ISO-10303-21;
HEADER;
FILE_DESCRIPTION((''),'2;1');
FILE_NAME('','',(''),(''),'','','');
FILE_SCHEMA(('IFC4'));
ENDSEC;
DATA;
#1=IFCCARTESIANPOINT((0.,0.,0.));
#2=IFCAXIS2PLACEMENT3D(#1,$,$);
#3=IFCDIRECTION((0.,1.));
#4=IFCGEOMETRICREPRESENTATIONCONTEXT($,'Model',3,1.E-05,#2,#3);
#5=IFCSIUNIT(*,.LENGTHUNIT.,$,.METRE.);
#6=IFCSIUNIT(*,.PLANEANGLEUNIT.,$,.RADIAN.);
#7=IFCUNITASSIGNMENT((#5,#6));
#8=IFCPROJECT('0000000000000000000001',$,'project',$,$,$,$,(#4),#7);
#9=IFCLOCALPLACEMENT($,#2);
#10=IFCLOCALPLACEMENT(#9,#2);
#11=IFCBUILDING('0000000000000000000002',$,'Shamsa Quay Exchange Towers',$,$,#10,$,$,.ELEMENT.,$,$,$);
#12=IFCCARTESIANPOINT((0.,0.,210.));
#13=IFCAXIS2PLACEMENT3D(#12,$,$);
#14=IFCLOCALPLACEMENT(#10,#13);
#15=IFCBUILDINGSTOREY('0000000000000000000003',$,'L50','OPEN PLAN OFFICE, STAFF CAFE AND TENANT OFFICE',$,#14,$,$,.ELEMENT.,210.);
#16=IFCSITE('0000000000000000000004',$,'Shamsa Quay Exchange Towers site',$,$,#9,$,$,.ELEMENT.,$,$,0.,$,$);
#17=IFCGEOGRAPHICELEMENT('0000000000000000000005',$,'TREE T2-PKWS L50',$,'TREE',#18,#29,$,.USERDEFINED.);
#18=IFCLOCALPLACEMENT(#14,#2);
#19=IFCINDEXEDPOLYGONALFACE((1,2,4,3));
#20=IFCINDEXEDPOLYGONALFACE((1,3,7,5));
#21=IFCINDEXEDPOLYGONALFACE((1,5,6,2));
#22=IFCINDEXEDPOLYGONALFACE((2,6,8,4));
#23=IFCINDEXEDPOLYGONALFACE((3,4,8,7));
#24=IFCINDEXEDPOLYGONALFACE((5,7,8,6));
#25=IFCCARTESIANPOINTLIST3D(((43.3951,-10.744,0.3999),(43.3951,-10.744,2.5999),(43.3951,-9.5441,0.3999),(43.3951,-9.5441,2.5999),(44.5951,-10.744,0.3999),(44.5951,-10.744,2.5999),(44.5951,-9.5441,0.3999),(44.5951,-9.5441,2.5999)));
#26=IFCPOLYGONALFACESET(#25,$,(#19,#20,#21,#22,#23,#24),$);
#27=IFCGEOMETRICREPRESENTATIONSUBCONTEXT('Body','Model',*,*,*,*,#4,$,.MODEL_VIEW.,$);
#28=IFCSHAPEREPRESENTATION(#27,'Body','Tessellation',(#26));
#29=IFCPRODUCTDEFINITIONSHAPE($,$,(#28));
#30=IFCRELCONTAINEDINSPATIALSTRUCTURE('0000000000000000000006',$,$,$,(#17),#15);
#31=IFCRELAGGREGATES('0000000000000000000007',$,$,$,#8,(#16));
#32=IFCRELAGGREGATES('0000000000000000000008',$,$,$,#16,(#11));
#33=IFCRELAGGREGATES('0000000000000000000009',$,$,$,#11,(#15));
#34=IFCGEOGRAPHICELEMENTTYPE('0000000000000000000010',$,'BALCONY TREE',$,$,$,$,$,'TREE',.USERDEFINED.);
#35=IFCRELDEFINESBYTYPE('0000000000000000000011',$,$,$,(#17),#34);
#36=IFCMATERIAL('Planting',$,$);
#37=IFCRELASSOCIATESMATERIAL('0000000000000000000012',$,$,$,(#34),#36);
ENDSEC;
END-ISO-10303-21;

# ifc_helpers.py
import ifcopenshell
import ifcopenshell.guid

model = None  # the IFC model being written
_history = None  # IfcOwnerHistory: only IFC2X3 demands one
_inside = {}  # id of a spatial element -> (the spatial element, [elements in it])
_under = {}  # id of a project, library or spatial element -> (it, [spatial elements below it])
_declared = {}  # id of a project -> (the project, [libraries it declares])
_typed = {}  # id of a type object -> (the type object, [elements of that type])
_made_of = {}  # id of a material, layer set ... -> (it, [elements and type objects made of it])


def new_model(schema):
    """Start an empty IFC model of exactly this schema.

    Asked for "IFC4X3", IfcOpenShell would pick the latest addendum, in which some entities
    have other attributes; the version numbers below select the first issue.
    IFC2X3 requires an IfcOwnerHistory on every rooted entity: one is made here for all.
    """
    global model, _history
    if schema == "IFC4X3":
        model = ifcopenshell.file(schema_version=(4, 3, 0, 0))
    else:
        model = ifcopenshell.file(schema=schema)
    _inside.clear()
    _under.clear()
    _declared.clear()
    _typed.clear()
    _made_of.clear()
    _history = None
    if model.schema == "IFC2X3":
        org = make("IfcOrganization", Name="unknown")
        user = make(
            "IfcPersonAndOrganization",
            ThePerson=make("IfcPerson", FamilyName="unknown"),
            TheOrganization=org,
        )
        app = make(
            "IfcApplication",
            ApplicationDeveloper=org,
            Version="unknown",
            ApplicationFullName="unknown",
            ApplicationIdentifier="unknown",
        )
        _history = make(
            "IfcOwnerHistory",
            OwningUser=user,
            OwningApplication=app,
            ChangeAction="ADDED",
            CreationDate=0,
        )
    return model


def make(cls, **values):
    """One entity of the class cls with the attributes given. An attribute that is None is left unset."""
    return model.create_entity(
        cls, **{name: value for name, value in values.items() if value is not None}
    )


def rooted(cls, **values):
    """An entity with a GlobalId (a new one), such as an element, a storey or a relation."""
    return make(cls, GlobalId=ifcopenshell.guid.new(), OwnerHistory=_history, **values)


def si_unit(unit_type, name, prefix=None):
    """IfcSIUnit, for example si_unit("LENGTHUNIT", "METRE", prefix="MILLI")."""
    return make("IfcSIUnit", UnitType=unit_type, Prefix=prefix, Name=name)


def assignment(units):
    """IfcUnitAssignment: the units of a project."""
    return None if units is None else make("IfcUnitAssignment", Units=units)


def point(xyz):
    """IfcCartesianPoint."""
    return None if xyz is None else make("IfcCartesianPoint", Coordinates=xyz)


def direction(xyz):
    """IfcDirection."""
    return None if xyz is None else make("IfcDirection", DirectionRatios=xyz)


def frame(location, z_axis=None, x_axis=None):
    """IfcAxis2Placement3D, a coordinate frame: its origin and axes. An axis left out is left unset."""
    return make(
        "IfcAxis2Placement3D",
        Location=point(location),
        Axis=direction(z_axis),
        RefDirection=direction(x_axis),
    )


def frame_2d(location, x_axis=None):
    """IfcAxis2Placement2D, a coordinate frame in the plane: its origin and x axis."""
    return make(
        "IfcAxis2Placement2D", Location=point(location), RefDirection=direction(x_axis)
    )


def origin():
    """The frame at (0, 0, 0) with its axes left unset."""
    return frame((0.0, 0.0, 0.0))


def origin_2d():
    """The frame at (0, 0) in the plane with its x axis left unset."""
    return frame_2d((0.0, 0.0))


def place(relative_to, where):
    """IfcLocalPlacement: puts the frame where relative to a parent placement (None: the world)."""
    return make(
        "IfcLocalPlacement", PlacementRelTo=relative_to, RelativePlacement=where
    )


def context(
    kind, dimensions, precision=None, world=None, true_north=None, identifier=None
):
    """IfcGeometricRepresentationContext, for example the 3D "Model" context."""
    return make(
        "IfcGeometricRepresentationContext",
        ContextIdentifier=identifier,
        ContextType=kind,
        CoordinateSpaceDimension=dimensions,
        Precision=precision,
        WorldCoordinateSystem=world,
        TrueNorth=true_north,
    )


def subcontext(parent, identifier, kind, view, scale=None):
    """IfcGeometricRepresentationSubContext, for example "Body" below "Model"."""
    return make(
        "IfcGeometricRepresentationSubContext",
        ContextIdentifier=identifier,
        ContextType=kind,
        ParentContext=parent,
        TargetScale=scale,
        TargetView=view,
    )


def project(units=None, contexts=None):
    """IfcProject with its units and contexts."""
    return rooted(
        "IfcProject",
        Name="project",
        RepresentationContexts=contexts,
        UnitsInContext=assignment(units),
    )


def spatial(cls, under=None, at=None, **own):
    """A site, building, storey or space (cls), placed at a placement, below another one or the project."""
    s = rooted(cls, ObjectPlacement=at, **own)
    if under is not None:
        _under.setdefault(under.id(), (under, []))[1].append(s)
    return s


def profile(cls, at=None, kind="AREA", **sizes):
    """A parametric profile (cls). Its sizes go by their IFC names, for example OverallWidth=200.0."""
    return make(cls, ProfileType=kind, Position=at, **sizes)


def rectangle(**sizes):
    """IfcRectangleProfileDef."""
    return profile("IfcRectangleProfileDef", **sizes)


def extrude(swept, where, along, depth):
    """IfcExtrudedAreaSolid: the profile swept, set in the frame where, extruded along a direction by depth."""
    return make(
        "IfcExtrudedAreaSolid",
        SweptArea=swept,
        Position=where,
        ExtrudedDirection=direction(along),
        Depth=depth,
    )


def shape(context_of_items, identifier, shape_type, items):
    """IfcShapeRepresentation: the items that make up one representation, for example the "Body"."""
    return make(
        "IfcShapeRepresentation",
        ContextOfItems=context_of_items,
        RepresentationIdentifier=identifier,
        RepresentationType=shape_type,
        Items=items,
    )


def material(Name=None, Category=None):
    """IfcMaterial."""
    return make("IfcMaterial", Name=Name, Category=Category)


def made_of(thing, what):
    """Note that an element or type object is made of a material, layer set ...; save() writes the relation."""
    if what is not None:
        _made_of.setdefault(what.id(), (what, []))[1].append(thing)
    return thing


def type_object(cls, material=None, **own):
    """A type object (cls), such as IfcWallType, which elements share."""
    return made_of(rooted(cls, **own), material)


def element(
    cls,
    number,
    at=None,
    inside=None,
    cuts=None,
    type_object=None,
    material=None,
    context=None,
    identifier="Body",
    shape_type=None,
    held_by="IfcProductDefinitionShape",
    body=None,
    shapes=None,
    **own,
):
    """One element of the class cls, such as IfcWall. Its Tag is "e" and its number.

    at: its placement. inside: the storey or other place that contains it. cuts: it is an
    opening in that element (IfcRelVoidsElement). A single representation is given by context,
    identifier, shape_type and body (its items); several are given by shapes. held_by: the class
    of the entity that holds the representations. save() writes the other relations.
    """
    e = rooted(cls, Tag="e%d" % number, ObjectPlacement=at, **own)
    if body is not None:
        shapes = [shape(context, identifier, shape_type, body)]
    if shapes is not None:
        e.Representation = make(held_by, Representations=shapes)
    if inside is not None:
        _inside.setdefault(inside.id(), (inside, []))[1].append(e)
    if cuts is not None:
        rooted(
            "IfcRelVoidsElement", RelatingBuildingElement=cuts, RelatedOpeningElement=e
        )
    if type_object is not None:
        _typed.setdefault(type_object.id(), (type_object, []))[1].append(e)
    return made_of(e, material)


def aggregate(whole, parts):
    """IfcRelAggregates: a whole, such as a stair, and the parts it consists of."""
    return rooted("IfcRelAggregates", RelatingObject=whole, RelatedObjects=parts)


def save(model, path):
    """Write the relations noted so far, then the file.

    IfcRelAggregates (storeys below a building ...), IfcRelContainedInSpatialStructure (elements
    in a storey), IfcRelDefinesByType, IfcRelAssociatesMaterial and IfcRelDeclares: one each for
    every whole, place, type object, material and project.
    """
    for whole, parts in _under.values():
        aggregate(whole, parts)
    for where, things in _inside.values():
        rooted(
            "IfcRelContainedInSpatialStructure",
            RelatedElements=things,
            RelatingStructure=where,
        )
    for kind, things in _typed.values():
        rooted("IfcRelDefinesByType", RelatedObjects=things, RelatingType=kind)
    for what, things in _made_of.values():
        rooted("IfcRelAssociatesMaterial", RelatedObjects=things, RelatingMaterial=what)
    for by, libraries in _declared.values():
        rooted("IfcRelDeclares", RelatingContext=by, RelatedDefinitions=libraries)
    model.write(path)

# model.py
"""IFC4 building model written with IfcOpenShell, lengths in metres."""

from ifc_helpers import new_model, si_unit, direction, frame, origin, origin_2d, place, context, subcontext, project, spatial, rectangle, extrude, material, type_object, element, save


model = new_model("IFC4")

# Units and contexts
model_context = context("Model", 3, precision=1e-05, world=origin(), true_north=direction((0.0, 1.0)))
body_context = subcontext(model_context, "Body", "Model", "MODEL_VIEW")
ifc_project = project(units=[si_unit("LENGTHUNIT", "METRE"), si_unit("PLANEANGLEUNIT", "RADIAN")], contexts=[model_context])

# Site, building, storey
site_placement = place(None, origin())
site = spatial("IfcSite", under=ifc_project, at=site_placement, Name="Shamsa Quay Exchange Towers site", CompositionType="ELEMENT", RefElevation=0.0)
building_placement = place(site_placement, origin())
building = spatial("IfcBuilding", under=site, at=building_placement, Name="Shamsa Quay Exchange Towers", CompositionType="ELEMENT")
storey_placement = place(building_placement, frame((0.0, 0.0, 210.0)))
storey = spatial("IfcBuildingStorey", under=building, at=storey_placement, Name="L50", Description="OPEN PLAN OFFICE, STAFF CAFE AND TENANT OFFICE", CompositionType="ELEMENT", Elevation=210.0)

# Geographic element
ifc_material_1 = material(Name="Planting")
geographic_element_type = type_object("IfcGeographicElementType", Name="BALCONY TREE", ElementType="TREE", PredefinedType="USERDEFINED", material=ifc_material_1)
geographic_element_placement = place(storey_placement, frame((43.9951, -10.144, 0.3999), z_axis=(0.0, 0.0, 1.0), x_axis=(0.0, 1.0, 0.0)))
element("IfcGeographicElement", 1, at=geographic_element_placement, inside=storey, type_object=geographic_element_type, Name="TREE T2-PKWS L50", ObjectType="TREE", PredefinedType="USERDEFINED", context=body_context, shape_type="SweptSolid", body=[
    extrude(rectangle(XDim=1.2, YDim=1.2, at=origin_2d()), origin(), (0.0, 0.0, 1.0), 2.2),
])

save(model, "model.ifc")
